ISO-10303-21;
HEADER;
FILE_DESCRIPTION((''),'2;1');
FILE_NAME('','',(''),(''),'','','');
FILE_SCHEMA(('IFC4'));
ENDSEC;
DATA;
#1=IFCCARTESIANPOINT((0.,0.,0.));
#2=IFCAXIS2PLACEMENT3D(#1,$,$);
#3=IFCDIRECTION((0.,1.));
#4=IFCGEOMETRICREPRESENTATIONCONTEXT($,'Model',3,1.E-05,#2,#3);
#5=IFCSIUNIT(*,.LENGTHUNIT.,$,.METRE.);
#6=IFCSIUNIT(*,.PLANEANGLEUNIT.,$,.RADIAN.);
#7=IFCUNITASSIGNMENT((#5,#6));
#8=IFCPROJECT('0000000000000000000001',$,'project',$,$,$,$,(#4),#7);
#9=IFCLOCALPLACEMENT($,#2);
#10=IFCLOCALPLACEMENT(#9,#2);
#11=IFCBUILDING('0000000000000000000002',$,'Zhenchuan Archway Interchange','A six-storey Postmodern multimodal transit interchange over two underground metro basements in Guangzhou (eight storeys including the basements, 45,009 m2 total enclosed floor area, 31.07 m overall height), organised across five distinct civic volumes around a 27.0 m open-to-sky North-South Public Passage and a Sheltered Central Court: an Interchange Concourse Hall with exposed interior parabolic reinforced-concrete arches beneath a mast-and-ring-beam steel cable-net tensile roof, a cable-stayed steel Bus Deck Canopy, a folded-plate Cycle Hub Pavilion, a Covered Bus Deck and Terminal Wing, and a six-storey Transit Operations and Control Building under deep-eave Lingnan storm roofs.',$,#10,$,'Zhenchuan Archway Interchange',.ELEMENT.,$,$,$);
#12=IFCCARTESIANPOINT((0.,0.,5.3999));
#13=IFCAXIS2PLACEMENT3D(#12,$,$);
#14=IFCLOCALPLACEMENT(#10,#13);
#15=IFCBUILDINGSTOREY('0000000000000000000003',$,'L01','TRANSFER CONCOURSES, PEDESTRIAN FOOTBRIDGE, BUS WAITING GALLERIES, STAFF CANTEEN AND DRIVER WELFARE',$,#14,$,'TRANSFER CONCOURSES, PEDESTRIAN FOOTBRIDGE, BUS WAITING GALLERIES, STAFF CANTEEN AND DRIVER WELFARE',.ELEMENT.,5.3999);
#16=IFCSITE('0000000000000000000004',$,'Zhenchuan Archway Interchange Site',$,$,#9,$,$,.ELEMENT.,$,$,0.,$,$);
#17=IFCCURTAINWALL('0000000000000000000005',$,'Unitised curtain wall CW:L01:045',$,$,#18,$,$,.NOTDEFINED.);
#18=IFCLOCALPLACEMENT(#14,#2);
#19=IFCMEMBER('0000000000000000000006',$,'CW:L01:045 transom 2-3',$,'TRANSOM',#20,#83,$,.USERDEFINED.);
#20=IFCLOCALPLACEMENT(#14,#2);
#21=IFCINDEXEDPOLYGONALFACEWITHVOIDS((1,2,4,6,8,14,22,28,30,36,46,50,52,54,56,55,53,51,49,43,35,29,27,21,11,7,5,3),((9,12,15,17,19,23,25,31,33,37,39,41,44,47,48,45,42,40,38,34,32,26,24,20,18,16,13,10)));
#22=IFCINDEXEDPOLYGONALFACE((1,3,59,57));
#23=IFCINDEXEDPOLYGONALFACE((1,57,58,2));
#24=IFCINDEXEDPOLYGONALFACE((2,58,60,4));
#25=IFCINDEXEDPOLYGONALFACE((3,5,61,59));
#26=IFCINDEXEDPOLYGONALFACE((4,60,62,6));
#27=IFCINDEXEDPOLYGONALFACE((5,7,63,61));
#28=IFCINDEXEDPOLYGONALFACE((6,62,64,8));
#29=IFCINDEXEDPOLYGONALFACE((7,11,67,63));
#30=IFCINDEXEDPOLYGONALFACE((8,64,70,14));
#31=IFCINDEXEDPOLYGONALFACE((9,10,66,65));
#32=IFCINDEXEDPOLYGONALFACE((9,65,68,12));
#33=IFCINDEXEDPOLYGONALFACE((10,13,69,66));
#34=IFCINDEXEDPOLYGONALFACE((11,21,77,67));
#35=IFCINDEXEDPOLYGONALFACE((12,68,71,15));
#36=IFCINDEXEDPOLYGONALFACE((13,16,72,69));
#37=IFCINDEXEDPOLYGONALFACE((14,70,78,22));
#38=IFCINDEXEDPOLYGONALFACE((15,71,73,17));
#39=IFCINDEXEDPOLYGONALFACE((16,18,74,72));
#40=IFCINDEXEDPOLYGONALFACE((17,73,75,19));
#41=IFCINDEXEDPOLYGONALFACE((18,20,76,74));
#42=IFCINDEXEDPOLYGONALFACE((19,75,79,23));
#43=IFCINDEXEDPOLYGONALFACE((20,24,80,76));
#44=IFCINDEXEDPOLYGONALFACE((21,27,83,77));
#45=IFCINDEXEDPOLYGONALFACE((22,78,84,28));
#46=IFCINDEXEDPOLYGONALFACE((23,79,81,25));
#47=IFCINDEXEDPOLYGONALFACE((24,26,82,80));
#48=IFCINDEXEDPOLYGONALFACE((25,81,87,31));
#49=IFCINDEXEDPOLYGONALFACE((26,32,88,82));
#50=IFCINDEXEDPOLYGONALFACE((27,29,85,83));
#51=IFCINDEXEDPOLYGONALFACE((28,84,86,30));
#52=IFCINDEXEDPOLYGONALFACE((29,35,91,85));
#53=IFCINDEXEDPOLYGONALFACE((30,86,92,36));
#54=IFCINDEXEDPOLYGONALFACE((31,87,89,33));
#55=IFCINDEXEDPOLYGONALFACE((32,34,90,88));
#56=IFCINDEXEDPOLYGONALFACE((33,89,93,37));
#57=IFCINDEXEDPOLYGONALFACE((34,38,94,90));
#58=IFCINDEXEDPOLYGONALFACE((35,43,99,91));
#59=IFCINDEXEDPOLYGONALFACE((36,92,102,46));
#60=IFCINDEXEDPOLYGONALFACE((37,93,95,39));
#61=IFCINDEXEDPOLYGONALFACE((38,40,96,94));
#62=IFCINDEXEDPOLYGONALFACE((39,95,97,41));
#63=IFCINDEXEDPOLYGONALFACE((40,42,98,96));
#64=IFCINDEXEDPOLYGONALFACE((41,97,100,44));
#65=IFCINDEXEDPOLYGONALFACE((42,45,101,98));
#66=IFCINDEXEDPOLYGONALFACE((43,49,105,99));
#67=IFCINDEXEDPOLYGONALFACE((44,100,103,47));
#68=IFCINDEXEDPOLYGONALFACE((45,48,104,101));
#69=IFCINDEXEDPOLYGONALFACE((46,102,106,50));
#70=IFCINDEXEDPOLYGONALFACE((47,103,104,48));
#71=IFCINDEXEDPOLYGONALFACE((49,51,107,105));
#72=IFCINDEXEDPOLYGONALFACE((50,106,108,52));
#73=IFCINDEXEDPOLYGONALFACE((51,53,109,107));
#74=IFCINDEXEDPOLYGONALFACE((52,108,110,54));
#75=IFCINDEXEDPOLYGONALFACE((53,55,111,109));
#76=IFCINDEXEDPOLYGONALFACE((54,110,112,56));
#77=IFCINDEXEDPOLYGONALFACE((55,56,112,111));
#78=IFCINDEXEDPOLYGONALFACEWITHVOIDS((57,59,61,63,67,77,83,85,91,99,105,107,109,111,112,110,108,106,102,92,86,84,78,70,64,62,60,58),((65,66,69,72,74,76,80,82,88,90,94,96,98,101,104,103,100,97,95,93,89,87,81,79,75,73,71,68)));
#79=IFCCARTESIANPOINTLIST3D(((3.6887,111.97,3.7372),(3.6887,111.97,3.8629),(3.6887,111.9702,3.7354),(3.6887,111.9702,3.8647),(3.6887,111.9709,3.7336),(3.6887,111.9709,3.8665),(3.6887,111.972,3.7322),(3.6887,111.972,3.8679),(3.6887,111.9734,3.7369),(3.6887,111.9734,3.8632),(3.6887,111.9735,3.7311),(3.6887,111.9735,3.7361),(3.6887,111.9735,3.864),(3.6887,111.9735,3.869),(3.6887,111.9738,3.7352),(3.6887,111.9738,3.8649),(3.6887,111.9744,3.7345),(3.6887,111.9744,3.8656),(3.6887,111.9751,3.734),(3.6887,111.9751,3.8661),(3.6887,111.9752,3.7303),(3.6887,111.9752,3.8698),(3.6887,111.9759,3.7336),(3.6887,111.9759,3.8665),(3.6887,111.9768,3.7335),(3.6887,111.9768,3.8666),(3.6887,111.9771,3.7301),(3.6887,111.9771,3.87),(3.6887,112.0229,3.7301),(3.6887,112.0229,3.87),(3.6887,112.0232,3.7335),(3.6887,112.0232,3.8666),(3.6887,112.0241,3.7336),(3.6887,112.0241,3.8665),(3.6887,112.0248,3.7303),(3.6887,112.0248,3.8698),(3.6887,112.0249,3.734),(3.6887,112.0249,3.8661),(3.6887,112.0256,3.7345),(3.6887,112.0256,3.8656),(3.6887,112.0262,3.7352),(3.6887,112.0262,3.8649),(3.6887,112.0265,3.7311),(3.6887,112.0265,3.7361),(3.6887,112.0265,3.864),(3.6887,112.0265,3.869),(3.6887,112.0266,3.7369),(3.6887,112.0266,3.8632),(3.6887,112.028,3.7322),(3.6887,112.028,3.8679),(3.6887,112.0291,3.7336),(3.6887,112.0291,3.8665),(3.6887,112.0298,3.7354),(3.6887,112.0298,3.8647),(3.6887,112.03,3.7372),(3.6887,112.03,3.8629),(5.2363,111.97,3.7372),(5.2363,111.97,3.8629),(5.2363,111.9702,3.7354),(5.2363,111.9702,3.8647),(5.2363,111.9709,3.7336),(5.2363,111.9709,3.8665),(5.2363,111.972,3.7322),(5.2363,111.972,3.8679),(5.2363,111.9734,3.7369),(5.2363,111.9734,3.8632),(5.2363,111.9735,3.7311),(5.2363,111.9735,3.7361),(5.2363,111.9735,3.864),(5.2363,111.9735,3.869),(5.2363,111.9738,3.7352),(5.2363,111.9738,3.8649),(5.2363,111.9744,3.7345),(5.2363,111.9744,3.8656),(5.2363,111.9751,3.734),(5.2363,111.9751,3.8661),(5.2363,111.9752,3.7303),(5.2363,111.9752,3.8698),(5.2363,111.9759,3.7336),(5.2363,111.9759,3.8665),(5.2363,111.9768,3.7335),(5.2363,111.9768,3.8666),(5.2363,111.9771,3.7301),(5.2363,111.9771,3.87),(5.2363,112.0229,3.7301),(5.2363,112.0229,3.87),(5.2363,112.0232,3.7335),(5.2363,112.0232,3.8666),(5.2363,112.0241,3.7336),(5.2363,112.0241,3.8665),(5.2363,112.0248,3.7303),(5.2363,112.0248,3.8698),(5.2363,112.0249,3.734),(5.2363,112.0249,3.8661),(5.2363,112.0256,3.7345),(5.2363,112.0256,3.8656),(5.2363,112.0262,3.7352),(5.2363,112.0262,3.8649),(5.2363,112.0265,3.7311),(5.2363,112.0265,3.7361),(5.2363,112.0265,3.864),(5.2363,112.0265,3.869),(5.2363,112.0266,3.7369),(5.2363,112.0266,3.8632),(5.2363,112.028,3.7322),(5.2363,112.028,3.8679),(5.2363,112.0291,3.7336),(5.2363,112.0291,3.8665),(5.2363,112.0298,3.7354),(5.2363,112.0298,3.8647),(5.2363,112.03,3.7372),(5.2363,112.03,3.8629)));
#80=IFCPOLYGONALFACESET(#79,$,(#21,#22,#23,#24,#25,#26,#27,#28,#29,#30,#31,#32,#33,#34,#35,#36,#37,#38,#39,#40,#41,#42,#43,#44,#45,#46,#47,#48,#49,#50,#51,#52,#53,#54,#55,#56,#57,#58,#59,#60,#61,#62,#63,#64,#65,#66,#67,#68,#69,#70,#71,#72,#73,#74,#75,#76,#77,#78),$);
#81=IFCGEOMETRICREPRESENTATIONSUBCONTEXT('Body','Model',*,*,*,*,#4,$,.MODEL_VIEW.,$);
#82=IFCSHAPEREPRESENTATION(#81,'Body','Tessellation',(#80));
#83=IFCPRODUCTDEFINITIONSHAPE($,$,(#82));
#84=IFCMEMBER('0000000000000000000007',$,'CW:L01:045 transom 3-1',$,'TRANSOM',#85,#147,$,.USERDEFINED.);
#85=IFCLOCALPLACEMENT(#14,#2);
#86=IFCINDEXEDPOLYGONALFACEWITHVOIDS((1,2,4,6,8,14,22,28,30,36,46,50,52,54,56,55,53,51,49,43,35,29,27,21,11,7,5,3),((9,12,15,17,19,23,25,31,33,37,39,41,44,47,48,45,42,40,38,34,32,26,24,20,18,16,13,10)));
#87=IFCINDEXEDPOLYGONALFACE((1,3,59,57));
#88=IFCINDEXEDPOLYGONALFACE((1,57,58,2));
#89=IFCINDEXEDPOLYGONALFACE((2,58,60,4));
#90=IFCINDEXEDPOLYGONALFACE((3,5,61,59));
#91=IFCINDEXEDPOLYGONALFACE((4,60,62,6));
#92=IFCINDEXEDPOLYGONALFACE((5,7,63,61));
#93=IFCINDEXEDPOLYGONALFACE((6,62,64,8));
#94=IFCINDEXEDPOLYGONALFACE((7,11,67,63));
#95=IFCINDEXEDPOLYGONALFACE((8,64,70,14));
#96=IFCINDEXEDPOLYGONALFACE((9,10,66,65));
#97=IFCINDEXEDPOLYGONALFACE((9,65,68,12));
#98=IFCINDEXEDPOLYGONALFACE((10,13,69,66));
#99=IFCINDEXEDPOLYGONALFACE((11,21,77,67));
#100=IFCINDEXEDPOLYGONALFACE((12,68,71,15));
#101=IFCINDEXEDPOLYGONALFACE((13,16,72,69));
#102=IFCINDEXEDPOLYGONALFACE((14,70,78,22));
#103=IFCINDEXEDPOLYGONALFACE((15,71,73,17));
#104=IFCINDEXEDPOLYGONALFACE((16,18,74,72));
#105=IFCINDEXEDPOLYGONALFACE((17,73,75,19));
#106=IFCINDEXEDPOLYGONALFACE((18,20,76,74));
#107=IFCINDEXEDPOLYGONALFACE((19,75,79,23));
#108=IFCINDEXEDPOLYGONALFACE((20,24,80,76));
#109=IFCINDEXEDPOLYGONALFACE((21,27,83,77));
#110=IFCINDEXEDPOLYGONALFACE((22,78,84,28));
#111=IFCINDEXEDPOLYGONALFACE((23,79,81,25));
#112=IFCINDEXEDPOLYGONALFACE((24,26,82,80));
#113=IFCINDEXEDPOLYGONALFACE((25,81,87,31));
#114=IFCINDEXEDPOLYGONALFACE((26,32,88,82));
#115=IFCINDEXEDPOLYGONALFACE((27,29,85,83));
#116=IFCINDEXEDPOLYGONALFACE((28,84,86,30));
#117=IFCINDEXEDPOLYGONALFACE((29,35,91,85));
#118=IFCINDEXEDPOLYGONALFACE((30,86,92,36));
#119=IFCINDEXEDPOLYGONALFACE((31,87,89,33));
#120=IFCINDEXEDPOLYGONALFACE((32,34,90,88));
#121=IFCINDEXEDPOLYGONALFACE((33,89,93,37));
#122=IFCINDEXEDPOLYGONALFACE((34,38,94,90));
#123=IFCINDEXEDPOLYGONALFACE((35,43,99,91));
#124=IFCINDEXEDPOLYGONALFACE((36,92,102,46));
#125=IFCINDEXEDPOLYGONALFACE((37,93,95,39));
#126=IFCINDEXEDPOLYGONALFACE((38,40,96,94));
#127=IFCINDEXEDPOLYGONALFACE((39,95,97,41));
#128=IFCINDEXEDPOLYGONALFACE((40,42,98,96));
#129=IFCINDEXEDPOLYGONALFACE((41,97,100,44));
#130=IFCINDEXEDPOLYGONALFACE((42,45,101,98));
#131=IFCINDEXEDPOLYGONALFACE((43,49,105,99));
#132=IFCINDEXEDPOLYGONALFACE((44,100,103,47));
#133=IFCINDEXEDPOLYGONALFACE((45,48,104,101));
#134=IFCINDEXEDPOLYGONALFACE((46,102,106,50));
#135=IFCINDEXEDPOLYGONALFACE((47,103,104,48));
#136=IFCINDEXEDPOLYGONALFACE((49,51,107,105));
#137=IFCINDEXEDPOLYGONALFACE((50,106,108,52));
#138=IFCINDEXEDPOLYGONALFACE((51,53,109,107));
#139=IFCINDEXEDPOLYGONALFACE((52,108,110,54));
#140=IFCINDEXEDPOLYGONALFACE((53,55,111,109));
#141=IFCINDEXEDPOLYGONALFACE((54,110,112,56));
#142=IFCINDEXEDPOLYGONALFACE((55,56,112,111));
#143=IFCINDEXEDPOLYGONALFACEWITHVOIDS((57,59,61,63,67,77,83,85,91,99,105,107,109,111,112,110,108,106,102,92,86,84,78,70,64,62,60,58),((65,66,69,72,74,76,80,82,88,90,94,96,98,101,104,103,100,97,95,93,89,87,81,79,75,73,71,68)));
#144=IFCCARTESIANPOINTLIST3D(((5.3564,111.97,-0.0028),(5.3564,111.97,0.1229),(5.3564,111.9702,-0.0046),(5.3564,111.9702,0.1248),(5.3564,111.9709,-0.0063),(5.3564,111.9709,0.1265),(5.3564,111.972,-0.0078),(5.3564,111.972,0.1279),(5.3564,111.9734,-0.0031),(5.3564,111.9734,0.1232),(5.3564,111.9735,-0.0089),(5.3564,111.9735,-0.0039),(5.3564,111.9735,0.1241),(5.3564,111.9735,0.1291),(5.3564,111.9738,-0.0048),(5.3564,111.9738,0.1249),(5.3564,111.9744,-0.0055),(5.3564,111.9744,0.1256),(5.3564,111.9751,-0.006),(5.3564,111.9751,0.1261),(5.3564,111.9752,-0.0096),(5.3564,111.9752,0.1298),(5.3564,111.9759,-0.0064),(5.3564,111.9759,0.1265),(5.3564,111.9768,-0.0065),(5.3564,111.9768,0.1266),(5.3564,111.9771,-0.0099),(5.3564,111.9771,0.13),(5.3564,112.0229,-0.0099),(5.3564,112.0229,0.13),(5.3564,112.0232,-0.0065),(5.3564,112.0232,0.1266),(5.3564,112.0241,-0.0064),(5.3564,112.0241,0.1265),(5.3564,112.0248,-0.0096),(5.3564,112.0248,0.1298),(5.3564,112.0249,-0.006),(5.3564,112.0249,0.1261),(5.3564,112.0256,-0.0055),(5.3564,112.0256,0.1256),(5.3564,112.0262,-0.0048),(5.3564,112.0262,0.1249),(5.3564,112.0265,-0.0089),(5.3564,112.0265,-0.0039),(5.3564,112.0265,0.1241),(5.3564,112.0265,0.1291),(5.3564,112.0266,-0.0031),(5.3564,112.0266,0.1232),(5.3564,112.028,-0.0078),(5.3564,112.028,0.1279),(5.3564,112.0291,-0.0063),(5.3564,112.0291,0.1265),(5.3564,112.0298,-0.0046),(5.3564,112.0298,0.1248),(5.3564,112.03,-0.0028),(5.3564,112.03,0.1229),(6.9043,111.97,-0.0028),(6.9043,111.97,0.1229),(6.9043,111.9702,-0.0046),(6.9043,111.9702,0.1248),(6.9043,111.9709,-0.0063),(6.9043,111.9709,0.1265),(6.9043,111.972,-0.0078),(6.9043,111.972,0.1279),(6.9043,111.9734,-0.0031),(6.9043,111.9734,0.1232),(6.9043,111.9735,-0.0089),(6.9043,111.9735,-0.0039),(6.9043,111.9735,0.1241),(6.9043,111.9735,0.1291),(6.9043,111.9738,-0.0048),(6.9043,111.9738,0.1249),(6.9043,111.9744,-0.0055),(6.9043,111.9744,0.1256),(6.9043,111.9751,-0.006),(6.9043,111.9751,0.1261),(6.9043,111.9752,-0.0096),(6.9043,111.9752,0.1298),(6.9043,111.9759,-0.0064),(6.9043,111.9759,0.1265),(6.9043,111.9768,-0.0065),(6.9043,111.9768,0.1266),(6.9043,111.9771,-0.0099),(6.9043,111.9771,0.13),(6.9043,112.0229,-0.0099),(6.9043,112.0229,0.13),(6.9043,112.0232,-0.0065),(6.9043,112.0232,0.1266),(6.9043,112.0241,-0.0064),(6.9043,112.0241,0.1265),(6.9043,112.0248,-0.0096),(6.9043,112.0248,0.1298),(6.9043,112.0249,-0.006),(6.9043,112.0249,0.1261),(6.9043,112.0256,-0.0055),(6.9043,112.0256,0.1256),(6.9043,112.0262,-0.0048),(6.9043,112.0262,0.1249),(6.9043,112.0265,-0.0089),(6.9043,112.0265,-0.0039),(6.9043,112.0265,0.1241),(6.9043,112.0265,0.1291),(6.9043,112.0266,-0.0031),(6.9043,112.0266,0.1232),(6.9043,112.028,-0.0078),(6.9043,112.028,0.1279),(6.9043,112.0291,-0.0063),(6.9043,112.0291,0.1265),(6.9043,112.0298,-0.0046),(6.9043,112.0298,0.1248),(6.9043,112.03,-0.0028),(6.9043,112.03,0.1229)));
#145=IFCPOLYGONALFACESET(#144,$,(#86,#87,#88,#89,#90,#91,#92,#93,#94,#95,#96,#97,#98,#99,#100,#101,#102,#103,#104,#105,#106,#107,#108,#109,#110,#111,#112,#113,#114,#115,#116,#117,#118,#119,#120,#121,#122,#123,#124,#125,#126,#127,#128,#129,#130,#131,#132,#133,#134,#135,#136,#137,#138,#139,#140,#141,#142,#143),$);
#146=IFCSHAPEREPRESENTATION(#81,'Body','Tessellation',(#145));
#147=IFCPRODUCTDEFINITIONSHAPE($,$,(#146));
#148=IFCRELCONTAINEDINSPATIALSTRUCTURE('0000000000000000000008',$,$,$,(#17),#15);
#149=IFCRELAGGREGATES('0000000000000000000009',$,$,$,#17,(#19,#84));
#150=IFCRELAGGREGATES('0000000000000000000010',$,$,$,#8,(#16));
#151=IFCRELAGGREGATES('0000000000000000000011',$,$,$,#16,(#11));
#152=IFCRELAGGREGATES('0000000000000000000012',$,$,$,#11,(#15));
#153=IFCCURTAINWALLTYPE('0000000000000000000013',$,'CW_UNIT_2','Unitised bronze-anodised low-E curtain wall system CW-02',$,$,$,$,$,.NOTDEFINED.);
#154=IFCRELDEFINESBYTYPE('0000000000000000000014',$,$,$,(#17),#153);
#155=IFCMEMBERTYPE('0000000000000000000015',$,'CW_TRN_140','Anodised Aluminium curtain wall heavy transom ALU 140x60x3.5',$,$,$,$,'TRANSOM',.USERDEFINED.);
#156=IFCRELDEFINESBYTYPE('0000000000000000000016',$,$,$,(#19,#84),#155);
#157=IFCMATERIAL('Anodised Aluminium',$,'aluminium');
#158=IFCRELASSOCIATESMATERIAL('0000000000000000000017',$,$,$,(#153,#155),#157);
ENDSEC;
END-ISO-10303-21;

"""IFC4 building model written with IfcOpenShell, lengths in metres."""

from ifc_helpers import new_model, si_unit, direction, frame, origin, origin_2d, place, context, subcontext, project, spatial, hollow_rectangle, extrude, material, material_profile, profile_set, type_object, element, aggregate, save


model = new_model("IFC4")

# Units and contexts
model_context = context("Model", 3, precision=1e-05, world=origin(), true_north=direction((0.0, 1.0)))
body_context = subcontext(model_context, "Body", "Model", "MODEL_VIEW")
ifc_project = project(units=[si_unit("LENGTHUNIT", "METRE"), si_unit("PLANEANGLEUNIT", "RADIAN")], contexts=[model_context])

# Site, building, storey
site_placement = place(None, origin())
site = spatial("IfcSite", under=ifc_project, at=site_placement, Name="Zhenchuan Archway Interchange Site", CompositionType="ELEMENT", RefElevation=0.0)
building_placement = place(site_placement, origin())
building = spatial("IfcBuilding", under=site, at=building_placement, Name="Zhenchuan Archway Interchange", Description="A six-storey Postmodern multimodal transit interchange over two underground metro basements in Guangzhou (eight storeys including the basements, 45,009 m2 total enclosed floor area, 31.07 m overall height), organised across five distinct civic volumes around a 27.0 m open-to-sky North-South Public Passage and a Sheltered Central Court: an Interchange Concourse Hall with exposed interior parabolic reinforced-concrete arches beneath a mast-and-ring-beam steel cable-net tensile roof, a cable-stayed steel Bus Deck Canopy, a folded-plate Cycle Hub Pavilion, a Covered Bus Deck and Terminal Wing, and a six-storey Transit Operations and Control Building under deep-eave Lingnan storm roofs.", LongName="Zhenchuan Archway Interchange", CompositionType="ELEMENT")
storey_placement = place(building_placement, frame((0.0, 0.0, 5.3999)))
storey = spatial("IfcBuildingStorey", under=building, at=storey_placement, Name="L01", Description="TRANSFER CONCOURSES, PEDESTRIAN FOOTBRIDGE, BUS WAITING GALLERIES, STAFF CANTEEN AND DRIVER WELFARE", LongName="TRANSFER CONCOURSES, PEDESTRIAN FOOTBRIDGE, BUS WAITING GALLERIES, STAFF CANTEEN AND DRIVER WELFARE", CompositionType="ELEMENT", Elevation=5.3999)

# Curtain wall
ifc_material_1 = material(Name="Anodised Aluminium", Category="aluminium")
curtain_wall_type_1 = type_object("IfcCurtainWallType", Name="CW_UNIT_2", Description="Unitised bronze-anodised low-E curtain wall system CW-02", PredefinedType="NOTDEFINED", material=ifc_material_1)
curtain_wall_1_placement = place(storey_placement, origin())
curtain_wall_1 = element("IfcCurtainWall", 1, at=curtain_wall_1_placement, inside=storey, type_object=curtain_wall_type_1, Name="Unitised curtain wall CW:L01:045", PredefinedType="NOTDEFINED")

# Members
ifc_material_profile_1 = material_profile(ifc_material_1, hollow_rectangle(XDim=0.0601, YDim=0.1399, WallThickness=0.0034, InnerFilletRadius=0.0034, OuterFilletRadius=0.0071, at=origin_2d()), Name="ALU 140x60x3.5")
ifc_profile_set_1 = profile_set([ifc_material_profile_1], Name="Anodised Aluminium")
member_type_1 = type_object("IfcMemberType", Name="CW_TRN_140", Description="Anodised Aluminium curtain wall heavy transom ALU 140x60x3.5", ElementType="TRANSOM", PredefinedType="USERDEFINED", material=ifc_profile_set_1)
member_1_placement = place(storey_placement, frame((3.6887, 112.0, 3.8), z_axis=(1.0, 0.0, 0.0), x_axis=(0.0, 1.0, 0.0)))
member_1 = element("IfcMember", 2, at=member_1_placement, type_object=member_type_1, Name="CW:L01:045 transom 2-3", ObjectType="TRANSOM", PredefinedType="USERDEFINED", context=body_context, shape_type="SweptSolid", body=[
    extrude(hollow_rectangle(XDim=0.0601, YDim=0.1399, WallThickness=0.0034, InnerFilletRadius=0.0034, OuterFilletRadius=0.0071, at=origin_2d()), origin(), (0.0, 0.0, 1.0), 1.5476),
])
member_2_placement = place(storey_placement, frame((5.3564, 112.0, 0.0601), z_axis=(1.0, 0.0, 0.0), x_axis=(0.0, 1.0, 0.0)))
member_2 = element("IfcMember", 3, at=member_2_placement, type_object=member_type_1, Name="CW:L01:045 transom 3-1", ObjectType="TRANSOM", PredefinedType="USERDEFINED", context=body_context, shape_type="SweptSolid", body=[
    extrude(hollow_rectangle(XDim=0.0601, YDim=0.1399, WallThickness=0.0034, InnerFilletRadius=0.0034, OuterFilletRadius=0.0071, at=origin_2d()), origin(), (0.0, 0.0, 1.0), 1.5479),
])

aggregate(curtain_wall_1, [member_1, member_2])

save(model, "model.ifc")
